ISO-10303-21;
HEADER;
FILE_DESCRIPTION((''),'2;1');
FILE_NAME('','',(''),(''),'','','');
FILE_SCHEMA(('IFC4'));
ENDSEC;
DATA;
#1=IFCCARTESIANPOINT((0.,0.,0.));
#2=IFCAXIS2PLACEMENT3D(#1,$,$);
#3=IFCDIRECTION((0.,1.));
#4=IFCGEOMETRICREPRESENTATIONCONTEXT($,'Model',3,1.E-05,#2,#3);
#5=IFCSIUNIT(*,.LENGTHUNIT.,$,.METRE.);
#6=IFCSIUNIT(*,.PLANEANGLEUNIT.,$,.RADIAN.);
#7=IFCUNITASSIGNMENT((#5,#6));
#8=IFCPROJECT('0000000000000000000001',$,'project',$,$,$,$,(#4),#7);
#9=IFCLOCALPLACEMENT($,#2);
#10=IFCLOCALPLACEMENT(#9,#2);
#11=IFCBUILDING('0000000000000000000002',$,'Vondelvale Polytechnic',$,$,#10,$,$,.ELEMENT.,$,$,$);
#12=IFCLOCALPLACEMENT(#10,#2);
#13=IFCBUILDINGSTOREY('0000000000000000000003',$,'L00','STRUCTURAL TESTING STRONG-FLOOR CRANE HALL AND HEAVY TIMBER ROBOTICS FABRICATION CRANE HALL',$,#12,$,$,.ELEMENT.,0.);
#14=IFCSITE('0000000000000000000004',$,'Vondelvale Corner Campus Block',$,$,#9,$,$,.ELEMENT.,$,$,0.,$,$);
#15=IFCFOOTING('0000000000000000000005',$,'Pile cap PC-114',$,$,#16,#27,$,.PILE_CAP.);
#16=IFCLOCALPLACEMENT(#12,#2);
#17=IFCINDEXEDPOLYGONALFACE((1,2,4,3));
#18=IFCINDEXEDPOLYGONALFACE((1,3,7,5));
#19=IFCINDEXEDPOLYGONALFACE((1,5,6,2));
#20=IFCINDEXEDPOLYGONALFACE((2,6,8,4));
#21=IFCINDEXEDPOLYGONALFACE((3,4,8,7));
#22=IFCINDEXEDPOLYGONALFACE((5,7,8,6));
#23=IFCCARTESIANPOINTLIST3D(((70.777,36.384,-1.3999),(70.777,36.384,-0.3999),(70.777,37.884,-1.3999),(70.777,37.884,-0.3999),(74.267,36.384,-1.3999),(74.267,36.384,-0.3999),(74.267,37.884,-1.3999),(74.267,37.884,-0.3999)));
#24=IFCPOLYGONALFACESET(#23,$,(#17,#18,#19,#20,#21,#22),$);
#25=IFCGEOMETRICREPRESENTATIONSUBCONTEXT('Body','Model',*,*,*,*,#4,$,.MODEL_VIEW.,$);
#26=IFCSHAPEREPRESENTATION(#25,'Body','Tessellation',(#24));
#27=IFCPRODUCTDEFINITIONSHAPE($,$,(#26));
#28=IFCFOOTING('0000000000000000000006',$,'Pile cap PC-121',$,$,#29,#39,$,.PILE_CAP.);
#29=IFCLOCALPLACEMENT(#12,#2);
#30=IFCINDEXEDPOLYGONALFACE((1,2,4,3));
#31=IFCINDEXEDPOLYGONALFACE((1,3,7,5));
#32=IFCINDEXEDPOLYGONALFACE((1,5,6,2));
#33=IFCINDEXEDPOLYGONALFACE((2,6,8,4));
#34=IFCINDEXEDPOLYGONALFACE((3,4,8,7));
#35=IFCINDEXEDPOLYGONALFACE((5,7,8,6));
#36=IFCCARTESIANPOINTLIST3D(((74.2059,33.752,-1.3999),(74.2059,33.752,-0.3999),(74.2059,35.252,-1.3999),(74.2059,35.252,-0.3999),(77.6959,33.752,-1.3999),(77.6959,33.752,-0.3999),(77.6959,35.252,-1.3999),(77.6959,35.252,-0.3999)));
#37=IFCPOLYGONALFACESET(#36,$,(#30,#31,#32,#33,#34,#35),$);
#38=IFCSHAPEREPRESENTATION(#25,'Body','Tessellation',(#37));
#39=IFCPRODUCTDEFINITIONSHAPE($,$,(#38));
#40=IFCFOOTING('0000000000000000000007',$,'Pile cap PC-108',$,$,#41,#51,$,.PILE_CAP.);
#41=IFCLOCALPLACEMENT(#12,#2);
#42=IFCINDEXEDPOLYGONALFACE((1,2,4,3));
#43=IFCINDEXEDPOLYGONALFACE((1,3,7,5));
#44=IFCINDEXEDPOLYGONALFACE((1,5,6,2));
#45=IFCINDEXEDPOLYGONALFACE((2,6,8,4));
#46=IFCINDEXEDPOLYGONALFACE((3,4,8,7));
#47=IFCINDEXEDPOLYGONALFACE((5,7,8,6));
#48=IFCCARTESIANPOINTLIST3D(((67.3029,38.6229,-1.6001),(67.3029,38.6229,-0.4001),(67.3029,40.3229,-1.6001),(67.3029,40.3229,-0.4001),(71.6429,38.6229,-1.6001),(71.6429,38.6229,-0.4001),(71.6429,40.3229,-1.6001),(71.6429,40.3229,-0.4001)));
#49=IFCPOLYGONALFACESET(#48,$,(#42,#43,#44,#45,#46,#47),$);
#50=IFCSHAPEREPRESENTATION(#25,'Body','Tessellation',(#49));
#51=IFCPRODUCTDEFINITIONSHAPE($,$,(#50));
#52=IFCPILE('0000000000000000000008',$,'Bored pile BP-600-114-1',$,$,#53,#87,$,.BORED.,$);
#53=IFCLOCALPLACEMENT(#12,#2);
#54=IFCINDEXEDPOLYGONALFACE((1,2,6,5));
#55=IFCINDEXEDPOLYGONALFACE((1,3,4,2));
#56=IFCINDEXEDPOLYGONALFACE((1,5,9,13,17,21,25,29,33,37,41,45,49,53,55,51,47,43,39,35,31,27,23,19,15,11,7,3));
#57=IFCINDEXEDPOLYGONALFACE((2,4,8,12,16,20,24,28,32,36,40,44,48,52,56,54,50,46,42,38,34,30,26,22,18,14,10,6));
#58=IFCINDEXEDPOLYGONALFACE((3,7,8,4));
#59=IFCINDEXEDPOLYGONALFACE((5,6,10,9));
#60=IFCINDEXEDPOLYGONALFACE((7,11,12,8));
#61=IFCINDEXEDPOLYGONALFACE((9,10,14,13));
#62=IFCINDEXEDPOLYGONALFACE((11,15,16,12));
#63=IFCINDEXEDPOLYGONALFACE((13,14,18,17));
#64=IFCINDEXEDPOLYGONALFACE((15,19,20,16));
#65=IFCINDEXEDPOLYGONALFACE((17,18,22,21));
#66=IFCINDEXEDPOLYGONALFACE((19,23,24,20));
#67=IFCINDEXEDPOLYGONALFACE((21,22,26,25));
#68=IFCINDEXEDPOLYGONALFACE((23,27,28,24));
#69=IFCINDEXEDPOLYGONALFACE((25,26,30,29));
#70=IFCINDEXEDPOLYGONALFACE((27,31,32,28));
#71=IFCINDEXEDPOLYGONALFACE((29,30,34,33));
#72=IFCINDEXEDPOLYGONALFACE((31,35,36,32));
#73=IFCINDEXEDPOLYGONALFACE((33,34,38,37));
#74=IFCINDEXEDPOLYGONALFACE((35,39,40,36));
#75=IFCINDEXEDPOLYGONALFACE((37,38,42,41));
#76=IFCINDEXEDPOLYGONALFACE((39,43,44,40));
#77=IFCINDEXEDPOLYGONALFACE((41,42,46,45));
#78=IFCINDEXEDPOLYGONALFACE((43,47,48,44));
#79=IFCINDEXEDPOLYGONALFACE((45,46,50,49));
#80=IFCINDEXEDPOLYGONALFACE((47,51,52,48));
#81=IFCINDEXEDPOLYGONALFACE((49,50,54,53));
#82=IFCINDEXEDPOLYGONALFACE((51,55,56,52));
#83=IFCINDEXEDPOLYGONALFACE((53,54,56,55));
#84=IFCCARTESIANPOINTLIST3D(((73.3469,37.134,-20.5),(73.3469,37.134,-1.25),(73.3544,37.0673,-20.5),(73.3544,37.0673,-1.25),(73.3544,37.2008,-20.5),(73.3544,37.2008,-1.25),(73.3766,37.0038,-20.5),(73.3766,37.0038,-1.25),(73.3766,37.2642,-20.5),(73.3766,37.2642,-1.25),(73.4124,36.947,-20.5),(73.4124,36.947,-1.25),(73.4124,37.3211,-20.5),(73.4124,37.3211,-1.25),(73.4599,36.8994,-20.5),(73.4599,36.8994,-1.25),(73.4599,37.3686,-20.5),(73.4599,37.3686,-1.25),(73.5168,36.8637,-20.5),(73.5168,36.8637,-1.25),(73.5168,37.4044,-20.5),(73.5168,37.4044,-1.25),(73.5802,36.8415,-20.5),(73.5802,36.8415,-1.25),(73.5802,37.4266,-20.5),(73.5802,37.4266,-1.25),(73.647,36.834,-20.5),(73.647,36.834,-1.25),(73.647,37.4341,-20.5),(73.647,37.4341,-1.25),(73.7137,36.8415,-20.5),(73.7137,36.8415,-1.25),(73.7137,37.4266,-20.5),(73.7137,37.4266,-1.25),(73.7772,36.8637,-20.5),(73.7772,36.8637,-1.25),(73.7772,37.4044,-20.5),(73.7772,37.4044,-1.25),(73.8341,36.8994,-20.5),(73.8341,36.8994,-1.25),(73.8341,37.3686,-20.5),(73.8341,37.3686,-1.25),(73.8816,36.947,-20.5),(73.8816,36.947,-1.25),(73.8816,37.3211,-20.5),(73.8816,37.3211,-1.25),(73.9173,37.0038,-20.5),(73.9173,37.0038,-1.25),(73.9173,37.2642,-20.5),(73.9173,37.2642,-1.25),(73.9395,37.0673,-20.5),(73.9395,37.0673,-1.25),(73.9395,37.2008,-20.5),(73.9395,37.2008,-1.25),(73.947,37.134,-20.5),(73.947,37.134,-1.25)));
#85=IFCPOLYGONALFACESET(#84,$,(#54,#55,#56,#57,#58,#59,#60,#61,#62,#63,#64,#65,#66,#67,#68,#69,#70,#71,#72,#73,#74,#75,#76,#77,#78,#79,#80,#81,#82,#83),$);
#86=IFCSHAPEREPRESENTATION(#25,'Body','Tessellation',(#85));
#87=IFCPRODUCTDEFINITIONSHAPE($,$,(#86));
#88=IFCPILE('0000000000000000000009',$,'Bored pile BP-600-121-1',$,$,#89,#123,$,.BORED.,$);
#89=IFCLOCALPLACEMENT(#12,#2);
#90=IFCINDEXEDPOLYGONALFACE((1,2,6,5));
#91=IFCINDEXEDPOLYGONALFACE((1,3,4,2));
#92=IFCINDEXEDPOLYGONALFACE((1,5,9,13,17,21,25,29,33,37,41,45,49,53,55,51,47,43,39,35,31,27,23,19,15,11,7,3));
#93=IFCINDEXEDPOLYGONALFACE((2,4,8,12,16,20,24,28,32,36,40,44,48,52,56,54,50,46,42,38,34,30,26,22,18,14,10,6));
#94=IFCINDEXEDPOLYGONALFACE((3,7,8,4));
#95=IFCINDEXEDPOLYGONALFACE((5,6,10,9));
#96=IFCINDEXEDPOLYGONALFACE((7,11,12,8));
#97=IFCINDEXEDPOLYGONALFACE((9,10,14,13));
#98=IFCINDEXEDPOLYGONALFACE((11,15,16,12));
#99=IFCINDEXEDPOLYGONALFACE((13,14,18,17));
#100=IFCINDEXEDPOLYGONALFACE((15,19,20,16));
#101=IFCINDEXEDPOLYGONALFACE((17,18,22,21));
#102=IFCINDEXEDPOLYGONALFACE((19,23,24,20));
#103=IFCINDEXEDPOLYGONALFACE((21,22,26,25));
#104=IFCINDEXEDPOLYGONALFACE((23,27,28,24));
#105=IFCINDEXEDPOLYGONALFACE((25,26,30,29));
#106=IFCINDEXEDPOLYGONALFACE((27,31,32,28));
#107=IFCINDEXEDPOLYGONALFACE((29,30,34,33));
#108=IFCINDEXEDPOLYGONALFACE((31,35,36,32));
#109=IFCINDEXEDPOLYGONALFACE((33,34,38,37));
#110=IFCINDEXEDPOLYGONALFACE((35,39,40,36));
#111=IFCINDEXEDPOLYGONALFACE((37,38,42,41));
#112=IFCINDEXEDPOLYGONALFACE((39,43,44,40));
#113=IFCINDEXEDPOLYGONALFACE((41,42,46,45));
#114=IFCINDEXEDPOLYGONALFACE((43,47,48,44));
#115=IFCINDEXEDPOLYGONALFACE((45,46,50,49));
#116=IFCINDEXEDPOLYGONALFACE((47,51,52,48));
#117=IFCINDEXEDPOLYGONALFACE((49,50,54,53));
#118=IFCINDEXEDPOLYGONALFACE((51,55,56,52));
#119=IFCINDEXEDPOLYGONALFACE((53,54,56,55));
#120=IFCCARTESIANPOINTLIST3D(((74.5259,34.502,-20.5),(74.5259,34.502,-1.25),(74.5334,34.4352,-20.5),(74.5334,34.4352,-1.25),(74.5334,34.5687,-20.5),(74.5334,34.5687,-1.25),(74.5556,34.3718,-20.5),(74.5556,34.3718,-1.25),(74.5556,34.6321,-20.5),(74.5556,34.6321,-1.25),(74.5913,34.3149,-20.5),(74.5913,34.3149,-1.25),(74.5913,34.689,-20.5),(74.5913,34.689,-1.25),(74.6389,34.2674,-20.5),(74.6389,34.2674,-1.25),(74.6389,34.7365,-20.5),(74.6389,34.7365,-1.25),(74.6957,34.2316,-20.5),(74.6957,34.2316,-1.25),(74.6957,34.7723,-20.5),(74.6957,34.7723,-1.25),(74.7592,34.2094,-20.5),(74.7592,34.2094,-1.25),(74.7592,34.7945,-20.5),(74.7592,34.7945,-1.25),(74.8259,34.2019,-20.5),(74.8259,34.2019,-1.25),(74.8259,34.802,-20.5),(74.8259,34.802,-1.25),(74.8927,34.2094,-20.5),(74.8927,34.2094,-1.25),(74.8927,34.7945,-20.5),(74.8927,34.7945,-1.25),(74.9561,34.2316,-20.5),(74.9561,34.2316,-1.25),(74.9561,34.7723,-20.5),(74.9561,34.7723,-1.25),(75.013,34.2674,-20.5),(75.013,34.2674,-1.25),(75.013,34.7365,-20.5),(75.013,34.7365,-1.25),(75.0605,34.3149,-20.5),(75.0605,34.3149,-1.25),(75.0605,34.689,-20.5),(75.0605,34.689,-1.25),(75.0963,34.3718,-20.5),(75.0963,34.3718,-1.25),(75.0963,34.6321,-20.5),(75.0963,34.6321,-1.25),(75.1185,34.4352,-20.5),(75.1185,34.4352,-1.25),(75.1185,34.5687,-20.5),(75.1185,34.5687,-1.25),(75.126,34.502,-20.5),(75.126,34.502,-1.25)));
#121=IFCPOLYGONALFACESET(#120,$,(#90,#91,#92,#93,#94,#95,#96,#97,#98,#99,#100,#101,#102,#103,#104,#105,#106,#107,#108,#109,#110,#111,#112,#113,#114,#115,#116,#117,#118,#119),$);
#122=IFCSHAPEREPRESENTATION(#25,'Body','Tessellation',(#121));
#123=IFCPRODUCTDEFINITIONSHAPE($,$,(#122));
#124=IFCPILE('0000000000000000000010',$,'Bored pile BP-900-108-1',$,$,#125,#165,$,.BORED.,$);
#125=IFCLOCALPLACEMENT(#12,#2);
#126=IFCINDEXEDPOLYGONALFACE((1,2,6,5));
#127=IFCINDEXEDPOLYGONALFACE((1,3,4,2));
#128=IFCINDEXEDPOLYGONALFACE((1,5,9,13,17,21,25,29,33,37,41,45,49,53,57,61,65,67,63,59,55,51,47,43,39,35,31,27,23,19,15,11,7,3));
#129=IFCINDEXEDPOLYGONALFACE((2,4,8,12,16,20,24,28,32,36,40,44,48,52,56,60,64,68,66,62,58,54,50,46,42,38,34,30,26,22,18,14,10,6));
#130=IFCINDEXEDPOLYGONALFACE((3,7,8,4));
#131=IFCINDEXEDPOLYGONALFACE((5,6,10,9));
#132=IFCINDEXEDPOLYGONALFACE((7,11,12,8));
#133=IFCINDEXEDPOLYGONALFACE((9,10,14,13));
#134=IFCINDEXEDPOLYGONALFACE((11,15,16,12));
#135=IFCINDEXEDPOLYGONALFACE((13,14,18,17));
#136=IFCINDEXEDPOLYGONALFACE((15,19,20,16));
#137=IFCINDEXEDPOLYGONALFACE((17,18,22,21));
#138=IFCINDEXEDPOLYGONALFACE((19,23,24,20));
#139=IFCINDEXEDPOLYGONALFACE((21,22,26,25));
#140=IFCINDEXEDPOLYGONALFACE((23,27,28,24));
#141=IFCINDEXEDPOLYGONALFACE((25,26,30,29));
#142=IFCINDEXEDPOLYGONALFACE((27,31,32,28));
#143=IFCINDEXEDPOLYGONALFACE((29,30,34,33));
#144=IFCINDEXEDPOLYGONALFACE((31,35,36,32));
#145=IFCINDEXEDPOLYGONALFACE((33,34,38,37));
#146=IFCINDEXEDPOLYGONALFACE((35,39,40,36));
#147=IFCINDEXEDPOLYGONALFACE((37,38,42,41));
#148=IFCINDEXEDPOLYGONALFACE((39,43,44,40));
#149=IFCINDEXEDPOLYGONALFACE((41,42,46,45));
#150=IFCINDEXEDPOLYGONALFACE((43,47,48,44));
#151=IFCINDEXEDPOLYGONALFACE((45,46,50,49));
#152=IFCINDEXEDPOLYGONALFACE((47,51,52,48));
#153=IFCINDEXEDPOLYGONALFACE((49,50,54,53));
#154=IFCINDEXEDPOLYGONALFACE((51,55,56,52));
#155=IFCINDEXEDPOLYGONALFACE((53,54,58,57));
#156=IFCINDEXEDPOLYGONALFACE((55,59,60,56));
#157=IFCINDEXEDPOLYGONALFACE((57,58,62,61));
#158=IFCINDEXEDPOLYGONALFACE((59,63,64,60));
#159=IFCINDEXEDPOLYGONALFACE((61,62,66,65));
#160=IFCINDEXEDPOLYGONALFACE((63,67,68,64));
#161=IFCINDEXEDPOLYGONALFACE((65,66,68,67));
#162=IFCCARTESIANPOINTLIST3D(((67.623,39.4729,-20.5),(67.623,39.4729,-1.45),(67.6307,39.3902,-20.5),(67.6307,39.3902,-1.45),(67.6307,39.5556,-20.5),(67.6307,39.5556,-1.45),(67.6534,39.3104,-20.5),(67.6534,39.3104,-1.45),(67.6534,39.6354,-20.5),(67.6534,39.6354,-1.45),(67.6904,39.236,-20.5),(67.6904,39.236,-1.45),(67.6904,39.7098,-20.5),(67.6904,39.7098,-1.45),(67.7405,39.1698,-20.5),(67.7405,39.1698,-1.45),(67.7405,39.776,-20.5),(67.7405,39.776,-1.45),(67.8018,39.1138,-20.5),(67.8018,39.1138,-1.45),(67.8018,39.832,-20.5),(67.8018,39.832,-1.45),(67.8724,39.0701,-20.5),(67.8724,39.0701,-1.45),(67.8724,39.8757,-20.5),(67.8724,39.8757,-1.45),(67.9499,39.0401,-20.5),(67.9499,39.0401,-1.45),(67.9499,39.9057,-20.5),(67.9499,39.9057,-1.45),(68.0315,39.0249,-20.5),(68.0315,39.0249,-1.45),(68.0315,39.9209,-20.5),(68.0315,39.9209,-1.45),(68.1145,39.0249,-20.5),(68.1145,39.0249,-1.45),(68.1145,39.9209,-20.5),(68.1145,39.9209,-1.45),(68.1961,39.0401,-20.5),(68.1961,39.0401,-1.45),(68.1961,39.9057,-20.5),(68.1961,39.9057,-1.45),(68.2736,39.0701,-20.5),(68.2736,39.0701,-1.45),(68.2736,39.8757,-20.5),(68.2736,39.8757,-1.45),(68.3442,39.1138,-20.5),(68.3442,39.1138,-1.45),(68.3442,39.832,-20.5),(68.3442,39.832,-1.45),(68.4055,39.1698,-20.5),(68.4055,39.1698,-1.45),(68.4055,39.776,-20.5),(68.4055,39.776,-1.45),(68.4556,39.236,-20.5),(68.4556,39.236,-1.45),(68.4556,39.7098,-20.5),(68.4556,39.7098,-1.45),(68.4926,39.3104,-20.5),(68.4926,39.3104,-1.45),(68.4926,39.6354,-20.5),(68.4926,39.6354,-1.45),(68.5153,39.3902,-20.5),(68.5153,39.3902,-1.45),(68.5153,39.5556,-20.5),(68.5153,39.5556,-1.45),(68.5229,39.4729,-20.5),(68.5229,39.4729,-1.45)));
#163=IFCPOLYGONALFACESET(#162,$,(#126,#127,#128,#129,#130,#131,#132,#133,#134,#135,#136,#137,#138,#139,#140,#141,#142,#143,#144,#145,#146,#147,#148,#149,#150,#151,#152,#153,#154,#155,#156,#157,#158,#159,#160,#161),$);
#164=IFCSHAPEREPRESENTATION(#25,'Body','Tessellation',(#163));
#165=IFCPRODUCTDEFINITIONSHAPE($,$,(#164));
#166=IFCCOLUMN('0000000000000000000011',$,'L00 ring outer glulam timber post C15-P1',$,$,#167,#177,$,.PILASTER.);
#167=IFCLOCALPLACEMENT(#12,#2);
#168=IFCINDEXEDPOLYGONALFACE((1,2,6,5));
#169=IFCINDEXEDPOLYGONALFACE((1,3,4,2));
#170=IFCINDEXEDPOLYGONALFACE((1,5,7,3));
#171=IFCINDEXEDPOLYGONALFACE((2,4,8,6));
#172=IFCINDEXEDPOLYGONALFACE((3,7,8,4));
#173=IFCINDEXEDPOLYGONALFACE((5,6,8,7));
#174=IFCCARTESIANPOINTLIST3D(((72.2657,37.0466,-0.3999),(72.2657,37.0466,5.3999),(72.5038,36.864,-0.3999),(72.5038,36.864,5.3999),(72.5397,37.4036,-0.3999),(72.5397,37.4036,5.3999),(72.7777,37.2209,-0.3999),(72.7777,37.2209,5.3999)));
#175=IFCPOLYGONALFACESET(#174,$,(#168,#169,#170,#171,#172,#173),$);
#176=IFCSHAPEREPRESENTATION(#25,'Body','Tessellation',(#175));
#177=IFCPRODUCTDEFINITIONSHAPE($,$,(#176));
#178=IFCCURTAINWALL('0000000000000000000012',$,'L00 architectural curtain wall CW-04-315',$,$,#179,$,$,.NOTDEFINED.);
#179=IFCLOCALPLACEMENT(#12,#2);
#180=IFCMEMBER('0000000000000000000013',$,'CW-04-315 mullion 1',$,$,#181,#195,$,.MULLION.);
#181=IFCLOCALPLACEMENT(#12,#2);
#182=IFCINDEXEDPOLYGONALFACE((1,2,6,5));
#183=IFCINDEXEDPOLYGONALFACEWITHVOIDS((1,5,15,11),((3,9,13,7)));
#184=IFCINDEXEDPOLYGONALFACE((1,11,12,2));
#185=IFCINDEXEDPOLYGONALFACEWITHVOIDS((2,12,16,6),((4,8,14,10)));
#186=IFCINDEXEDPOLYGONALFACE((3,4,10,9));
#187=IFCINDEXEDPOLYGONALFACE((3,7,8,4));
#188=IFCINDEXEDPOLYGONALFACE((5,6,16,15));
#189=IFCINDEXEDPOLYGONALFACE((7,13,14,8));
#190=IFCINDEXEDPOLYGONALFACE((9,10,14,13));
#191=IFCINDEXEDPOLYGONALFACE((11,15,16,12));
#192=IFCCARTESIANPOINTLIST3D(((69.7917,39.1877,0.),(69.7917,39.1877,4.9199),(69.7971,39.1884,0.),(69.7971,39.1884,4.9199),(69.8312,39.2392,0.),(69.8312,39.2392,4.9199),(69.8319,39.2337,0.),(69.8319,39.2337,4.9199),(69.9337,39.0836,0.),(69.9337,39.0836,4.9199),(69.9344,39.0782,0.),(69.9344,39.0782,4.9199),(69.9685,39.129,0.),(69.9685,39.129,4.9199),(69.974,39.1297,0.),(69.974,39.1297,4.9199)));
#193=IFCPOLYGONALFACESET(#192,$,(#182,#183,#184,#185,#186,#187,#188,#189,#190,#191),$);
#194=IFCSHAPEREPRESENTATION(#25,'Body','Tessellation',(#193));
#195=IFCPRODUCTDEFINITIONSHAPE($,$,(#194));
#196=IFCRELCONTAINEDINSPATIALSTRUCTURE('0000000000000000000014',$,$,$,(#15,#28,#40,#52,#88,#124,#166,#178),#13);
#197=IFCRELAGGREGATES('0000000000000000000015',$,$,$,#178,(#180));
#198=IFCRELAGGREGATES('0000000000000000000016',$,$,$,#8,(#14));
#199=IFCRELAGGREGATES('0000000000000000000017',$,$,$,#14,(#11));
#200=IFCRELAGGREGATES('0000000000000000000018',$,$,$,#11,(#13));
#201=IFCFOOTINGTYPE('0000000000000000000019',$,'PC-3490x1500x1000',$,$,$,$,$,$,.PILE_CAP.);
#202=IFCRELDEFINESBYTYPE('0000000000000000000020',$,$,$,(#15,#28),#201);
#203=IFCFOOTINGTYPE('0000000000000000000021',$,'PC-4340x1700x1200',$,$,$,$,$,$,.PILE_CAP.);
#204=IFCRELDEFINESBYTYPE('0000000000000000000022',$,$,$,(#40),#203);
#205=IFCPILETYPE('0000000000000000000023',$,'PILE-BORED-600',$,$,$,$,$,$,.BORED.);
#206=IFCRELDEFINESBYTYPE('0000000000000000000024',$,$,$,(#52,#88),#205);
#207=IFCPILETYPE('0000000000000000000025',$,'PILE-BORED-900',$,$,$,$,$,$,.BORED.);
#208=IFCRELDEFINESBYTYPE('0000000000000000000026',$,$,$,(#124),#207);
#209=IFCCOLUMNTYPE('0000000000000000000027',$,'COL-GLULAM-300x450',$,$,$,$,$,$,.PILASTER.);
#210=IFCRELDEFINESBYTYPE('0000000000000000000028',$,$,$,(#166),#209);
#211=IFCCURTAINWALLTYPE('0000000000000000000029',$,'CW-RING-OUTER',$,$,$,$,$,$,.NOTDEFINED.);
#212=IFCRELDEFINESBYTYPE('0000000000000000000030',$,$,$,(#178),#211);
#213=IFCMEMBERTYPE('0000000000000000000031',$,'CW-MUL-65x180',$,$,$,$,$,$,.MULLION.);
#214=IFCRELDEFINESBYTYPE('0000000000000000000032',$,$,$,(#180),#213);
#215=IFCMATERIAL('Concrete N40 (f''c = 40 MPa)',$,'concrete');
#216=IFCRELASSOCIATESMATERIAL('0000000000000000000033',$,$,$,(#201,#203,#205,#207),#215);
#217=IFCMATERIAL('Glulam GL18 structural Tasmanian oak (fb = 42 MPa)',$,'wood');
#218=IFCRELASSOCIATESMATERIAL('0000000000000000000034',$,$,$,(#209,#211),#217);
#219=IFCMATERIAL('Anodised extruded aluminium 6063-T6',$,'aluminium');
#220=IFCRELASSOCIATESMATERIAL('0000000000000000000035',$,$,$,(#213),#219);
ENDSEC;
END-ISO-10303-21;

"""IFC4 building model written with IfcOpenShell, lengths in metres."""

from ifc_helpers import new_model, si_unit, direction, frame, origin, origin_2d, place, context, subcontext, project, spatial, rectangle, hollow_rectangle, circle, extrude, material, material_profile, profile_set, type_object, element, aggregate, save


model = new_model("IFC4")

# Units and contexts
model_context = context("Model", 3, precision=1e-05, world=origin(), true_north=direction((0.0, 1.0)))
body_context = subcontext(model_context, "Body", "Model", "MODEL_VIEW")
ifc_project = project(units=[si_unit("LENGTHUNIT", "METRE"), si_unit("PLANEANGLEUNIT", "RADIAN")], contexts=[model_context])

# Site, building, storey
site_placement = place(None, origin())
site = spatial("IfcSite", under=ifc_project, at=site_placement, Name="Vondelvale Corner Campus Block", CompositionType="ELEMENT", RefElevation=0.0)
building_placement = place(site_placement, origin())
building = spatial("IfcBuilding", under=site, at=building_placement, Name="Vondelvale Polytechnic", CompositionType="ELEMENT")
storey_placement = place(building_placement, origin())
storey = spatial("IfcBuildingStorey", under=building, at=storey_placement, Name="L00", Description="STRUCTURAL TESTING STRONG-FLOOR CRANE HALL AND HEAVY TIMBER ROBOTICS FABRICATION CRANE HALL", CompositionType="ELEMENT", Elevation=0.0)

# Footings
ifc_material_1 = material(Name="Concrete N40 (f'c = 40 MPa)", Category="concrete")
footing_type_1 = type_object("IfcFootingType", Name="PC-3490x1500x1000", PredefinedType="PILE_CAP", material=ifc_material_1)
for number, where, z_axis, x_axis, name in (
    (1, (72.522, 37.134, -1.3999), (0.0, 0.0, 1.0), (1.0, 0.0, 0.0), "Pile cap PC-114"),
    (2, (75.9509, 34.502, -1.3999), (0.0, 0.0, 1.0), (1.0, 0.0, 0.0), "Pile cap PC-121"),
):
    element("IfcFooting", number, at=place(storey_placement, frame(where, z_axis=z_axis, x_axis=x_axis)), inside=storey, type_object=footing_type_1, Name=name, PredefinedType="PILE_CAP", context=body_context, shape_type="SweptSolid", body=[
        extrude(rectangle(XDim=3.49, YDim=1.5, at=origin_2d()), origin(), (0.0, 0.0, 1.0), 1.0),
    ])
footing_type_2 = type_object("IfcFootingType", Name="PC-4340x1700x1200", PredefinedType="PILE_CAP", material=ifc_material_1)
footing_placement = place(storey_placement, frame((69.4729, 39.4729, -1.6001), z_axis=(0.0, 0.0, 1.0), x_axis=(1.0, 0.0, 0.0)))
element("IfcFooting", 3, at=footing_placement, inside=storey, type_object=footing_type_2, Name="Pile cap PC-108", PredefinedType="PILE_CAP", context=body_context, shape_type="SweptSolid", body=[
    extrude(rectangle(XDim=4.3401, YDim=1.7, at=origin_2d()), origin(), (0.0, 0.0, 1.0), 1.2),
])

# Piles
ifc_material_profile_1 = material_profile(ifc_material_1, circle(Radius=0.3, at=origin_2d()), Name="PILE-D600")
ifc_profile_set_1 = profile_set([ifc_material_profile_1], Name="Concrete N40 (f'c = 40 MPa)")
pile_type_1 = type_object("IfcPileType", Name="PILE-BORED-600", PredefinedType="BORED", material=ifc_profile_set_1)
for number, where, z_axis, x_axis, name in (
    (4, (73.647, 37.134, -1.25), (0.0, 0.0, -1.0), (1.0, 0.0, 0.0), "Bored pile BP-600-114-1"),
    (5, (74.8259, 34.502, -1.25), (0.0, 0.0, -1.0), (1.0, 0.0, 0.0), "Bored pile BP-600-121-1"),
):
    element("IfcPile", number, at=place(storey_placement, frame(where, z_axis=z_axis, x_axis=x_axis)), inside=storey, type_object=pile_type_1, Name=name, PredefinedType="BORED", context=body_context, shape_type="SweptSolid", body=[
        extrude(circle(Radius=0.3, at=origin_2d()), origin(), (0.0, 0.0, 1.0), 19.25),
    ])
ifc_material_profile_2 = material_profile(ifc_material_1, circle(Radius=0.45, at=origin_2d()), Name="PILE-D900")
ifc_profile_set_2 = profile_set([ifc_material_profile_2], Name="Concrete N40 (f'c = 40 MPa)")
pile_type_2 = type_object("IfcPileType", Name="PILE-BORED-900", PredefinedType="BORED", material=ifc_profile_set_2)
pile_placement = place(storey_placement, frame((68.073, 39.4729, -1.45), z_axis=(0.0, 0.0, -1.0), x_axis=(1.0, 0.0, 0.0)))
element("IfcPile", 6, at=pile_placement, inside=storey, type_object=pile_type_2, Name="Bored pile BP-900-108-1", PredefinedType="BORED", context=body_context, shape_type="SweptSolid", body=[
    extrude(circle(Radius=0.45, at=origin_2d()), origin(), (0.0, 0.0, 1.0), 19.05),
])

# Column
ifc_material_2 = material(Name="Glulam GL18 structural Tasmanian oak (fb = 42 MPa)", Category="wood")
ifc_material_profile_3 = material_profile(ifc_material_2, rectangle(XDim=0.3, YDim=0.45, at=origin_2d()), Name="GL-POST-300x450")
ifc_profile_set_3 = profile_set([ifc_material_profile_3], Name="Glulam GL18 structural Tasmanian oak (fb = 42 MPa)")
column_type = type_object("IfcColumnType", Name="COL-GLULAM-300x450", PredefinedType="PILASTER", material=ifc_profile_set_3)
column_placement = place(storey_placement, frame((72.5217, 37.1338, -0.3999), z_axis=(0.0, 0.0, 1.0), x_axis=(-0.793353, 0.608761, 0.0)))
element("IfcColumn", 7, at=column_placement, inside=storey, type_object=column_type, Name="L00 ring outer glulam timber post C15-P1", PredefinedType="PILASTER", context=body_context, shape_type="SweptSolid", body=[
    extrude(rectangle(XDim=0.3, YDim=0.45, at=origin_2d()), origin(), (0.0, 0.0, 1.0), 5.7998),
])

# Curtain wall, member
curtain_wall_type = type_object("IfcCurtainWallType", Name="CW-RING-OUTER", PredefinedType="NOTDEFINED", material=ifc_material_2)
curtain_wall_placement = place(storey_placement, origin())
curtain_wall = element("IfcCurtainWall", 8, at=curtain_wall_placement, inside=storey, type_object=curtain_wall_type, Name="L00 architectural curtain wall CW-04-315", PredefinedType="NOTDEFINED")
ifc_material_3 = material(Name="Anodised extruded aluminium 6063-T6", Category="aluminium")
ifc_material_profile_4 = material_profile(ifc_material_3, hollow_rectangle(XDim=0.0649, YDim=0.1799, WallThickness=0.0039, at=origin_2d()), Name="CW-MUL-180x65")
ifc_profile_set_4 = profile_set([ifc_material_profile_4], Name="Anodised extruded aluminium 6063-T6")
member_type_1 = type_object("IfcMemberType", Name="CW-MUL-65x180", PredefinedType="MULLION", material=ifc_profile_set_4)
member_1_placement = place(storey_placement, frame((69.8828, 39.1587, 0.0), z_axis=(0.0, 0.0, 1.0), x_axis=(0.608764, 0.793352, 0.0)))
member_1 = element("IfcMember", 9, at=member_1_placement, type_object=member_type_1, Name="CW-04-315 mullion 1", PredefinedType="MULLION", context=body_context, shape_type="SweptSolid", body=[
    extrude(hollow_rectangle(XDim=0.0649, YDim=0.1799, WallThickness=0.0039, at=origin_2d()), origin(), (0.0, 0.0, 1.0), 4.9199),
])
aggregate(curtain_wall, [member_1])

save(model, "model.ifc")
